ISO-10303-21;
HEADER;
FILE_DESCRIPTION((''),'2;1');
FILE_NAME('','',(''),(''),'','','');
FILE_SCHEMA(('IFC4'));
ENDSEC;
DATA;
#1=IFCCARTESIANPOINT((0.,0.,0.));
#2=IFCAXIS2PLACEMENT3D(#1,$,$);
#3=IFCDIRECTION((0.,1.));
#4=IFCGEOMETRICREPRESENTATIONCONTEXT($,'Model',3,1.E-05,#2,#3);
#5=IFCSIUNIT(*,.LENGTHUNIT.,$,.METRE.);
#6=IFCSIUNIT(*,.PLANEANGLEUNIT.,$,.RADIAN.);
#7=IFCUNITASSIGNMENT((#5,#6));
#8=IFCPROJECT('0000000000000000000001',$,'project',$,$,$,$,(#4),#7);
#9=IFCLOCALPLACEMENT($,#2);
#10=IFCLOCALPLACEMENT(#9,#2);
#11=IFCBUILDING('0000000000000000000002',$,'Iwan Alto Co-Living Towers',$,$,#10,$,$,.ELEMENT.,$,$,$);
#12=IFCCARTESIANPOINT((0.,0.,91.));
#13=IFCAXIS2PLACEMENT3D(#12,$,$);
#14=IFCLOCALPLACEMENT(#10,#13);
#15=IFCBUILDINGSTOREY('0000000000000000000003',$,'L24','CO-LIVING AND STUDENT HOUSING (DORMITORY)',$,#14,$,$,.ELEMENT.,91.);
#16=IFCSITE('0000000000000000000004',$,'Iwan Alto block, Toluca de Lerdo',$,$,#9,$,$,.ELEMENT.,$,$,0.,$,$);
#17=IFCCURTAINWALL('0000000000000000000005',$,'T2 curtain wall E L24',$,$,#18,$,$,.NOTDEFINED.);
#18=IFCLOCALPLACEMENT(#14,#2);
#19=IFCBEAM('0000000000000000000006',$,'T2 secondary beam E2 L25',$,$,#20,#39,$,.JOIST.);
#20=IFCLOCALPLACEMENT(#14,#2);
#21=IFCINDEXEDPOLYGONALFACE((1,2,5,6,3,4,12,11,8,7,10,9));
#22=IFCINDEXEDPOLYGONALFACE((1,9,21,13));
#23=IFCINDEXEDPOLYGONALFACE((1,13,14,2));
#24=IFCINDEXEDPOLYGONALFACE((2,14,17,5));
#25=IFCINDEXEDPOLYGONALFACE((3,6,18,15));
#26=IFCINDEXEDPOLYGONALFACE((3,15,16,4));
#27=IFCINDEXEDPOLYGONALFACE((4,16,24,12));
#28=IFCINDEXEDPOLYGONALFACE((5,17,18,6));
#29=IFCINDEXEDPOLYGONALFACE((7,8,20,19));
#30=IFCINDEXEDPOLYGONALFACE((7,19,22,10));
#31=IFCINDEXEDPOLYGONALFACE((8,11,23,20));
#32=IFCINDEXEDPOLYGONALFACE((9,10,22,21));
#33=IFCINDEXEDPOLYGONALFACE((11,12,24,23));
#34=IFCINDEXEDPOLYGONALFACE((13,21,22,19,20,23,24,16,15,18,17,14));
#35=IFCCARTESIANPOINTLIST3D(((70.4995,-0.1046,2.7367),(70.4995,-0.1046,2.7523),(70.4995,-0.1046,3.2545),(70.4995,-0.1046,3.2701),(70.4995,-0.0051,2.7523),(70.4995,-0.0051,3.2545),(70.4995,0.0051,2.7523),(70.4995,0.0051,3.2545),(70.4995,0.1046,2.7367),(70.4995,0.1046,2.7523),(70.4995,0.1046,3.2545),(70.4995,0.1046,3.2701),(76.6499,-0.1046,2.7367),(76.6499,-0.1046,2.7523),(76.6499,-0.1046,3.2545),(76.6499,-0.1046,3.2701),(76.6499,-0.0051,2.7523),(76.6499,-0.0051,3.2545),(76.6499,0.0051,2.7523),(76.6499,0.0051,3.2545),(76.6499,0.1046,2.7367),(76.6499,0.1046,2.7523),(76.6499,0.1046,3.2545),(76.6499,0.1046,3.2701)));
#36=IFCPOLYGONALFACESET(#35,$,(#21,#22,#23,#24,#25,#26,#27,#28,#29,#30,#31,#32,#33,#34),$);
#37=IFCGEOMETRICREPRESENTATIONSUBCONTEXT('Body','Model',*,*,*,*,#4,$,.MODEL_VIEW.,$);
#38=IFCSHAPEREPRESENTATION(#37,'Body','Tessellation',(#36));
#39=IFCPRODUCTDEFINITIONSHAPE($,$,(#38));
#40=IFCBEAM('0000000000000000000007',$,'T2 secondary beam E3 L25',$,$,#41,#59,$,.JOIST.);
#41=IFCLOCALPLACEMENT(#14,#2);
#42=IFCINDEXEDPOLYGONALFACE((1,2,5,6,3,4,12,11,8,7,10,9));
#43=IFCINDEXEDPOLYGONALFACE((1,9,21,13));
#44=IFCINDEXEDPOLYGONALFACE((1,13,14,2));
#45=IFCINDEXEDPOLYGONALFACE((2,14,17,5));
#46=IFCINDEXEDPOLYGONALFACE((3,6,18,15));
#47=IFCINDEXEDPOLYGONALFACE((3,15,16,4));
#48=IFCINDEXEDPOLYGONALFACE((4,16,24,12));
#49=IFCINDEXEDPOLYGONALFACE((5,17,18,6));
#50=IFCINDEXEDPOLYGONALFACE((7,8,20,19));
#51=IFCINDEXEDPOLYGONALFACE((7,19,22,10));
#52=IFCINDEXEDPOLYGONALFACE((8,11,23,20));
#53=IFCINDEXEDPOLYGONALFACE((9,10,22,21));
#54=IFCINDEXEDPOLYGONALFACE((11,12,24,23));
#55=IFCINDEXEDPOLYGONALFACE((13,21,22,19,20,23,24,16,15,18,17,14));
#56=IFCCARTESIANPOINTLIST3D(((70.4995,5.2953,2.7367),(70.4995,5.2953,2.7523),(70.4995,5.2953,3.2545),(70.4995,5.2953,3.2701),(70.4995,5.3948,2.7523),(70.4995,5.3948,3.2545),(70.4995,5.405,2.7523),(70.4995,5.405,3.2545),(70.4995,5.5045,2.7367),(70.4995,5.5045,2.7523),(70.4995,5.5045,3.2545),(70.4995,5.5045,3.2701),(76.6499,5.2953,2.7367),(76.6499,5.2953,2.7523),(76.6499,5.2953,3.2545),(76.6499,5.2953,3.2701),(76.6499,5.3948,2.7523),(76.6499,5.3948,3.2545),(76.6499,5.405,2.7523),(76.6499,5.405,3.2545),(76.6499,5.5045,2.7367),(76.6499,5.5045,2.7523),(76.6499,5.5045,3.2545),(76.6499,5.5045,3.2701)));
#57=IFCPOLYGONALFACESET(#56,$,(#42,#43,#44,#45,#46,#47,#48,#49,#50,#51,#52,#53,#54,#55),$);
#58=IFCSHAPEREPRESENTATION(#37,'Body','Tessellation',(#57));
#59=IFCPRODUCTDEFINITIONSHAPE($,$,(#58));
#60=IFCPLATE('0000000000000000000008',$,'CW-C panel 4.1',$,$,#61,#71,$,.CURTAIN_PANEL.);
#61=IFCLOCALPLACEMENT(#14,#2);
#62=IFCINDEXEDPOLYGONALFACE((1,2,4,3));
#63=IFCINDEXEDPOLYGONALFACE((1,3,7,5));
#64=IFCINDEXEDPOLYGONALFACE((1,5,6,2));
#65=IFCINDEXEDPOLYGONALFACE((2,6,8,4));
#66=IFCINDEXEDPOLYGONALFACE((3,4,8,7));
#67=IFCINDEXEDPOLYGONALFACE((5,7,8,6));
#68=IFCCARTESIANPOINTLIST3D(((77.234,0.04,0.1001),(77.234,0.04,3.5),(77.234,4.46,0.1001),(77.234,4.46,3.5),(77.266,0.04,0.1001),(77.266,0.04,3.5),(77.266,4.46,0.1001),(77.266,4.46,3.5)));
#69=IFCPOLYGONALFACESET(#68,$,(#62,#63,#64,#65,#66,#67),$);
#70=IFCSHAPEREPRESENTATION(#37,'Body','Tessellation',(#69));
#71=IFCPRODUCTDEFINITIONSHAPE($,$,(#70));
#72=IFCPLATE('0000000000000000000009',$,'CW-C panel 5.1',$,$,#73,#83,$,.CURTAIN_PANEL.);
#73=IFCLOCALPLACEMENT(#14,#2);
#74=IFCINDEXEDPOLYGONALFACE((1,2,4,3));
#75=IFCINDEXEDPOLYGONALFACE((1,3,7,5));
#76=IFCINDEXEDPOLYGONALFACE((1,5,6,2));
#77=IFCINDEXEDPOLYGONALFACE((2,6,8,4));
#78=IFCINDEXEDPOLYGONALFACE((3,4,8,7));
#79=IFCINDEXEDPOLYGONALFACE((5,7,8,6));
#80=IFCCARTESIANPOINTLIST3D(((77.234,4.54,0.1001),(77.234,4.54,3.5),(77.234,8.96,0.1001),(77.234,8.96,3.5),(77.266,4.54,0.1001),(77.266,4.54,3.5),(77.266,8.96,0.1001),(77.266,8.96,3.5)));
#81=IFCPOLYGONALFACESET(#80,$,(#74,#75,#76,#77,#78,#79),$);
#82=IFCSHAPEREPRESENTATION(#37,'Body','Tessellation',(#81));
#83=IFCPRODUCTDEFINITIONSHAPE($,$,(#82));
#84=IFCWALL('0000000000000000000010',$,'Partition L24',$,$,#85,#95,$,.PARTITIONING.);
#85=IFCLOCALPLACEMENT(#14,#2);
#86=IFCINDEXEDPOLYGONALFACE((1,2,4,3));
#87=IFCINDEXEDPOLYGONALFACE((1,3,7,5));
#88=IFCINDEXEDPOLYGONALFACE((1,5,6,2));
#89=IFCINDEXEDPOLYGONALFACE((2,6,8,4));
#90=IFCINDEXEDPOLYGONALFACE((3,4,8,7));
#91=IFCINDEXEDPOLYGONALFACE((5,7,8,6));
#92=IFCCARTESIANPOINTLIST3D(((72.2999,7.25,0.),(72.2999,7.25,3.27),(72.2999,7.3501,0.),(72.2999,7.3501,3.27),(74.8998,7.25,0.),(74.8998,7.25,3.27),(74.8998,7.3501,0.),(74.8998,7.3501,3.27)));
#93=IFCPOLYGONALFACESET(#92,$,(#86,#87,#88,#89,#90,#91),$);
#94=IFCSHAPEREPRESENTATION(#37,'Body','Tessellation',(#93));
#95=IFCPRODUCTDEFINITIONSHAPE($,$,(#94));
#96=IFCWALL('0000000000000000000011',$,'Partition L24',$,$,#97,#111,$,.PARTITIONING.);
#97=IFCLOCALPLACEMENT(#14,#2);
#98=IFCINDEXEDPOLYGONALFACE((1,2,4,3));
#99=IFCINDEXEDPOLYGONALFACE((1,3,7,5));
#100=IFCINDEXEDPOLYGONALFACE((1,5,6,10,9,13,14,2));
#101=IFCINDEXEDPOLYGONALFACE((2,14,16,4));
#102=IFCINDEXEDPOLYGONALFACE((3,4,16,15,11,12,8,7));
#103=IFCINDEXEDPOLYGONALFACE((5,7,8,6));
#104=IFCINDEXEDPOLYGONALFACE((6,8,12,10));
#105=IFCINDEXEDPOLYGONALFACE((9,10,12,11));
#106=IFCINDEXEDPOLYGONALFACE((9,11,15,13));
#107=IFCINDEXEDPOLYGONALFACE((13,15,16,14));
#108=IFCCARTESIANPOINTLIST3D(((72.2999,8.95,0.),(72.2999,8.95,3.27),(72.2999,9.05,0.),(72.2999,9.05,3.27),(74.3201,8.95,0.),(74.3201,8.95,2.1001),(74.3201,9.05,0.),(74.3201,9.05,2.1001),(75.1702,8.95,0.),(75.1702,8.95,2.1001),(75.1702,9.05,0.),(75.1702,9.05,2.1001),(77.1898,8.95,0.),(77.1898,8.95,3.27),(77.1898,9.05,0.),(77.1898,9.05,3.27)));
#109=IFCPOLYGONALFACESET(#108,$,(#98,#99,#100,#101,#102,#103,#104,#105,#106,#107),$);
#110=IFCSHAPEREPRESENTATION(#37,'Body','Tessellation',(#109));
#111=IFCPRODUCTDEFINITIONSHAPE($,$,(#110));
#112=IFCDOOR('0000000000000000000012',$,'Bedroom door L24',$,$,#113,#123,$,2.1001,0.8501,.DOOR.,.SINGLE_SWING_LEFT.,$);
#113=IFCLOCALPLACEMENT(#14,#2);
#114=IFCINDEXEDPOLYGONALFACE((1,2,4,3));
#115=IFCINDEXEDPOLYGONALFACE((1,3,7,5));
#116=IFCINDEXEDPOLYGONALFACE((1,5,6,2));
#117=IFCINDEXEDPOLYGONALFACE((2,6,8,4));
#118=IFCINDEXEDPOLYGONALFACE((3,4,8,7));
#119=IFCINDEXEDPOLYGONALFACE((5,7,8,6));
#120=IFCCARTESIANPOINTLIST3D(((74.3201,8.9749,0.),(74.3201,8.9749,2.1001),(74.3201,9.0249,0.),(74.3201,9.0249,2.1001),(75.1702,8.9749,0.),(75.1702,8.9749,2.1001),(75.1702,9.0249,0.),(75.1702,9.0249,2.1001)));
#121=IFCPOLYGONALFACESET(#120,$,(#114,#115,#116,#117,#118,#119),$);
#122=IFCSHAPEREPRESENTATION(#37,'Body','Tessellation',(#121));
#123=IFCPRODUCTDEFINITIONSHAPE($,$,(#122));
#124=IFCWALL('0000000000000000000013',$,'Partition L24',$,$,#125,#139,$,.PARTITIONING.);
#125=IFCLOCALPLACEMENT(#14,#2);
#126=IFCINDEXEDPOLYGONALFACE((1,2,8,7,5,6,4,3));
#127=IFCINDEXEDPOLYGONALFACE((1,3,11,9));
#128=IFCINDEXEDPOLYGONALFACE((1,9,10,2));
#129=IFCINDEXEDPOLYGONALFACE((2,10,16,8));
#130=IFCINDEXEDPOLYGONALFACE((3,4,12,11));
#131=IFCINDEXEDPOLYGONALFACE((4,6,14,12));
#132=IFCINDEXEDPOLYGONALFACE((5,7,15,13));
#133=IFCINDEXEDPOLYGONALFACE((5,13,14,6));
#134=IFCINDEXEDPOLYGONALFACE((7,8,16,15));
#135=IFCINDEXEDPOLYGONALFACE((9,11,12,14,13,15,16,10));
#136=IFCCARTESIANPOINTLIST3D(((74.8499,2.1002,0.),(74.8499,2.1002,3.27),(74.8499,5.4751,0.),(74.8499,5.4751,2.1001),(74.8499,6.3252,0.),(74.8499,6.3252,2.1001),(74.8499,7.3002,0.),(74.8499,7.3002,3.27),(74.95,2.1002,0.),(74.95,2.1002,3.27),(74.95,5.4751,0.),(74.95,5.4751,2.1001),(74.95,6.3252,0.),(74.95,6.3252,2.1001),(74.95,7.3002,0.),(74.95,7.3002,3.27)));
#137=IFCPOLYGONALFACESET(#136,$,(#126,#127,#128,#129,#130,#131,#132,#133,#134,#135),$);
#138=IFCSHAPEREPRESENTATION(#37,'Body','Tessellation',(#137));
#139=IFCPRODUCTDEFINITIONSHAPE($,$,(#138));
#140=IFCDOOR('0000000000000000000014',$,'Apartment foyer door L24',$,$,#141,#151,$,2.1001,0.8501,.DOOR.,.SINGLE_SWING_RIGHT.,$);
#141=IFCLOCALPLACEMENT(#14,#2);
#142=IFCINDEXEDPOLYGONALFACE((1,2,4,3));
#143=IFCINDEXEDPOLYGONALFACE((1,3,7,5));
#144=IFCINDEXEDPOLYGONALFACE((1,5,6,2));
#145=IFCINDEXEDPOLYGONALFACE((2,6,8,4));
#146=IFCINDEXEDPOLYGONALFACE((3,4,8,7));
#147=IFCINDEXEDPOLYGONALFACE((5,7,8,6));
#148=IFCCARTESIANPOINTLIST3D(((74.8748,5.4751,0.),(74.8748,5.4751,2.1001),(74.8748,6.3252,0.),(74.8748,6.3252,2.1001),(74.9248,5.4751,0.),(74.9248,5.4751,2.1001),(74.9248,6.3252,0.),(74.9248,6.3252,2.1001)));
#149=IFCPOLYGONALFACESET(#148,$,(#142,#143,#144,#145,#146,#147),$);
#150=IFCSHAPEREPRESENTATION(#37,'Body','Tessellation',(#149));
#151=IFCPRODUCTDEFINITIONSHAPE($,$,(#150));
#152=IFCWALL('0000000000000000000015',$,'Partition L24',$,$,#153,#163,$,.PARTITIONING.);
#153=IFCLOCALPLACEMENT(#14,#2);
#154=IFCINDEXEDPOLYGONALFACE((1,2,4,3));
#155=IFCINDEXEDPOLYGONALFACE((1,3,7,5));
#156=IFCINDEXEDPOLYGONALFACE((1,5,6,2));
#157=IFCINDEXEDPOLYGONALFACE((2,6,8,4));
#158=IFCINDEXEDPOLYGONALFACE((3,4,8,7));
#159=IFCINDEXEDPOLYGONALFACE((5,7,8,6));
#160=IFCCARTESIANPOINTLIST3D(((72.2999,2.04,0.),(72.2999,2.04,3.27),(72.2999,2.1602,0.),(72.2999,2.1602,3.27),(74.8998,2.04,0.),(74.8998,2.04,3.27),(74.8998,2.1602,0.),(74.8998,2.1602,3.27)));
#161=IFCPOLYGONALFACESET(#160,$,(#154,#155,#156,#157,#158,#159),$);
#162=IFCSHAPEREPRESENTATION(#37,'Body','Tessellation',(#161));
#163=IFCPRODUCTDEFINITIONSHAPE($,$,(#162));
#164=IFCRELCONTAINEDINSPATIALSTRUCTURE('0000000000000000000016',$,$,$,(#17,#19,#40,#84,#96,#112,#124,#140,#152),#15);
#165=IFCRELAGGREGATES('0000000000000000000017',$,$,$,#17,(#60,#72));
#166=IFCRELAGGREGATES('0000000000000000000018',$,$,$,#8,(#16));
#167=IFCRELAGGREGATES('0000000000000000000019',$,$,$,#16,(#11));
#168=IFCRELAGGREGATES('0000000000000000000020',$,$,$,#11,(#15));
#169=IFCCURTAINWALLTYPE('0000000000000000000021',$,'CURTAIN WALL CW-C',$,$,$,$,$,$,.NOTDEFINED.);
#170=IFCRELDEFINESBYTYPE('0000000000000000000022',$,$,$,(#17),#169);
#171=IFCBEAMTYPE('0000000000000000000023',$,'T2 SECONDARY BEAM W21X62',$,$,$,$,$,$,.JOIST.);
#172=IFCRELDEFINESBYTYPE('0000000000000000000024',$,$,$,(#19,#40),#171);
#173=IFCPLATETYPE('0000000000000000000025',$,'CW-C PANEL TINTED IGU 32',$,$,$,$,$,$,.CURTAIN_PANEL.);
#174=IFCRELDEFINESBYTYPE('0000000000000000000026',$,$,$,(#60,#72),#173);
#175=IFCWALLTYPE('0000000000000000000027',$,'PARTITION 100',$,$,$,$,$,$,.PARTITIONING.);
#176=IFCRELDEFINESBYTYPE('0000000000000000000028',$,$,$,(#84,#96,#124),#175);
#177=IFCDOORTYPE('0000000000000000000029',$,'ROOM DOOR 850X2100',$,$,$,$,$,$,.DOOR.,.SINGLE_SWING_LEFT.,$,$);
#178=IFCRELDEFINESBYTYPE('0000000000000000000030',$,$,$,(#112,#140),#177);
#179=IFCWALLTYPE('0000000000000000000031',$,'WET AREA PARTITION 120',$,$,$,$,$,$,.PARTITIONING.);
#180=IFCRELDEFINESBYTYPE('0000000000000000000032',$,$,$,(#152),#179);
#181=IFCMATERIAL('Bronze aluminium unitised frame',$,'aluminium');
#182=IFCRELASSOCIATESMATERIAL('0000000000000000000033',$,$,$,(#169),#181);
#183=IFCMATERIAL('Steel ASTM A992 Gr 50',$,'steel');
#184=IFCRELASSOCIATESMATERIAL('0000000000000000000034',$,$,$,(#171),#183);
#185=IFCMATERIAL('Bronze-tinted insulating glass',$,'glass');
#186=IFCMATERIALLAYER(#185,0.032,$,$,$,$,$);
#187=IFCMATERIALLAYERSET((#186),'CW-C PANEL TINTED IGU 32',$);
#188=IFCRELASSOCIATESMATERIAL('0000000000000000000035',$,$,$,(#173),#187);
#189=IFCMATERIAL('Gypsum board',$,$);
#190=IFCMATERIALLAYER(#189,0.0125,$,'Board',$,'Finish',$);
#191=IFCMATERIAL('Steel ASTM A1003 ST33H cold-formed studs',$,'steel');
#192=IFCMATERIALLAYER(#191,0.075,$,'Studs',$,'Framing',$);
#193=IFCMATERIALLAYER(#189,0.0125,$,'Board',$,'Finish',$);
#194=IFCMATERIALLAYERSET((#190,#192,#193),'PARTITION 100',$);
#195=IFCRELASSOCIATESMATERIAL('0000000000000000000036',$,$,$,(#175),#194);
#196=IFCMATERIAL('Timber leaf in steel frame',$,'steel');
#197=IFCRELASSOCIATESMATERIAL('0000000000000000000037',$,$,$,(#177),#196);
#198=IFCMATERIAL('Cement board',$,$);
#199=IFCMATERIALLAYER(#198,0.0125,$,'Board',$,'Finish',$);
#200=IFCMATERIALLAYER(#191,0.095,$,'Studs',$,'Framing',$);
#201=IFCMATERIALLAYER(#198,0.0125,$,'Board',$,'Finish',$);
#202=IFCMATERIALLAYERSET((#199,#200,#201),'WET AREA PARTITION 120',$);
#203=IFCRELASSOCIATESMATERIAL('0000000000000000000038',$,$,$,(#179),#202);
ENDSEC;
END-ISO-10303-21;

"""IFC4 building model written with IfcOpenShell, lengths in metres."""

from ifc_helpers import new_model, si_unit, direction, frame, frame_2d, origin, origin_2d, place, context, subcontext, project, spatial, rectangle, i_section, extrude, material, layer, layer_set, material_profile, profile_set, type_object, element, fill, aggregate, save


model = new_model("IFC4")

# Units and contexts
model_context = context("Model", 3, precision=1e-05, world=origin(), true_north=direction((0.0, 1.0)))
body_context = subcontext(model_context, "Body", "Model", "MODEL_VIEW")
ifc_project = project(units=[si_unit("LENGTHUNIT", "METRE"), si_unit("PLANEANGLEUNIT", "RADIAN")], contexts=[model_context])

# Site, building, storey
site_placement = place(None, origin())
site = spatial("IfcSite", under=ifc_project, at=site_placement, Name="Iwan Alto block, Toluca de Lerdo", CompositionType="ELEMENT", RefElevation=0.0)
building_placement = place(site_placement, origin())
building = spatial("IfcBuilding", under=site, at=building_placement, Name="Iwan Alto Co-Living Towers", CompositionType="ELEMENT")
storey_placement = place(building_placement, frame((0.0, 0.0, 91.0)))
storey = spatial("IfcBuildingStorey", under=building, at=storey_placement, Name="L24", Description="CO-LIVING AND STUDENT HOUSING (DORMITORY)", CompositionType="ELEMENT", Elevation=91.0)

# Curtain wall
ifc_material_1 = material(Name="Bronze aluminium unitised frame", Category="aluminium")
curtain_wall_type = type_object("IfcCurtainWallType", Name="CURTAIN WALL CW-C", PredefinedType="NOTDEFINED", material=ifc_material_1)
curtain_wall_placement = place(storey_placement, origin())
curtain_wall = element("IfcCurtainWall", 1, at=curtain_wall_placement, inside=storey, type_object=curtain_wall_type, Name="T2 curtain wall E L24", PredefinedType="NOTDEFINED")

# Beams
ifc_material_2 = material(Name="Steel ASTM A992 Gr 50", Category="steel")
ifc_material_profile_1 = material_profile(ifc_material_2, i_section(OverallWidth=0.2092, OverallDepth=0.5334, WebThickness=0.0103, FlangeThickness=0.0156, at=origin_2d()), Name="W21X62")
ifc_profile_set_1 = profile_set([ifc_material_profile_1], Name="Steel ASTM A992 Gr 50")
beam_type_1 = type_object("IfcBeamType", Name="T2 SECONDARY BEAM W21X62", PredefinedType="JOIST", material=ifc_profile_set_1)
for number, where, z_axis, x_axis, name in (
    (2, (76.6499, 0.0, 3.0034), (-1.0, 0.0, 0.0), (0.0, -1.0, 0.0), "T2 secondary beam E2 L25"),
    (3, (76.6499, 5.3999, 3.0034), (-1.0, 0.0, 0.0), (0.0, -1.0, 0.0), "T2 secondary beam E3 L25"),
):
    element("IfcBeam", number, at=place(storey_placement, frame(where, z_axis=z_axis, x_axis=x_axis)), inside=storey, type_object=beam_type_1, Name=name, PredefinedType="JOIST", context=body_context, shape_type="SweptSolid", body=[
        extrude(i_section(OverallWidth=0.2092, OverallDepth=0.5334, WebThickness=0.0103, FlangeThickness=0.0156, at=origin_2d()), origin(), (0.0, 0.0, 1.0), 6.1504),
    ])

# Plates
ifc_material_3 = material(Name="Bronze-tinted insulating glass", Category="glass")
ifc_layer_1 = layer(ifc_material_3, 0.032)
ifc_layer_set_1 = layer_set([ifc_layer_1], Name="CW-C PANEL TINTED IGU 32")
plate_type = type_object("IfcPlateType", Name="CW-C PANEL TINTED IGU 32", PredefinedType="CURTAIN_PANEL", material=ifc_layer_set_1)
plate_1_placement = place(storey_placement, frame((77.25, 2.25, 0.1001), z_axis=(0.0, 0.0, 1.0), x_axis=(0.0, 1.0, 0.0)))
plate_1 = element("IfcPlate", 4, at=plate_1_placement, type_object=plate_type, Name="CW-C panel 4.1", PredefinedType="CURTAIN_PANEL", context=body_context, shape_type="SweptSolid", body=[
    extrude(rectangle(XDim=4.4199, YDim=0.032, at=origin_2d()), origin(), (0.0, 0.0, 1.0), 3.3999),
])
plate_2_placement = place(storey_placement, frame((77.25, 6.75, 0.1001), z_axis=(0.0, 0.0, 1.0), x_axis=(0.0, 1.0, 0.0)))
plate_2 = element("IfcPlate", 5, at=plate_2_placement, type_object=plate_type, Name="CW-C panel 5.1", PredefinedType="CURTAIN_PANEL", context=body_context, shape_type="SweptSolid", body=[
    extrude(rectangle(XDim=4.4199, YDim=0.032, at=origin_2d()), origin(), (0.0, 0.0, 1.0), 3.3999),
])
aggregate(curtain_wall, [plate_1, plate_2])

# Wall
ifc_material_4 = material(Name="Gypsum board")
ifc_layer_2 = layer(ifc_material_4, 0.0125, Name="Board", Category="Finish")
ifc_material_5 = material(Name="Steel ASTM A1003 ST33H cold-formed studs", Category="steel")
ifc_layer_3 = layer(ifc_material_5, 0.075, Name="Studs", Category="Framing")
ifc_layer_4 = layer(ifc_material_4, 0.0125, Name="Board", Category="Finish")
ifc_layer_set_2 = layer_set([ifc_layer_2, ifc_layer_3, ifc_layer_4], Name="PARTITION 100")
wall_type_1 = type_object("IfcWallType", Name="PARTITION 100", PredefinedType="PARTITIONING", material=ifc_layer_set_2)
wall_1_placement = place(storey_placement, frame((72.3, 7.3, 0.0), z_axis=(0.0, 0.0, 1.0), x_axis=(1.0, 0.0, 0.0)))
element("IfcWall", 6, at=wall_1_placement, inside=storey, type_object=wall_type_1, Name="Partition L24", PredefinedType="PARTITIONING", context=body_context, shape_type="SweptSolid", body=[
    extrude(rectangle(XDim=2.5999, YDim=0.1001, at=frame_2d((1.2998, 0.0))), origin(), (0.0, 0.0, 1.0), 3.27),
])

# Walls, openings, doors
wall_2_placement = place(storey_placement, frame((72.3, 9.0, 0.0), z_axis=(0.0, 0.0, 1.0), x_axis=(1.0, 0.0, 0.0)))
wall_2 = element("IfcWall", 7, at=wall_2_placement, inside=storey, type_object=wall_type_1, Name="Partition L24", PredefinedType="PARTITIONING", context=body_context, shape_type="SweptSolid", body=[
    extrude(rectangle(XDim=4.8899, YDim=0.1001, at=frame_2d((2.4448, 0.0))), origin(), (0.0, 0.0, 1.0), 3.27),
])
opening_1_placement = place(wall_2_placement, frame((2.02, 0.0, 0.0)))
opening_1 = element("IfcOpeningElement", 8, at=opening_1_placement, cuts=wall_2, PredefinedType="OPENING", context=body_context, shape_type="SweptSolid", body=[
    extrude(rectangle(XDim=0.8501, YDim=2.1001, at=frame_2d((0.425, 1.05))), frame((0.0, 0.0601, 0.0), z_axis=(0.0, -1.0, 0.0), x_axis=(1.0, 0.0, 0.0)), (0.0, 0.0, 1.0), 0.1201),
])
ifc_material_6 = material(Name="Timber leaf in steel frame", Category="steel")
door_type = type_object("IfcDoorType", Name="ROOM DOOR 850X2100", OperationType="SINGLE_SWING_LEFT", PredefinedType="DOOR", material=ifc_material_6)
door_1_placement = place(opening_1_placement, origin())
door_1 = element("IfcDoor", 9, at=door_1_placement, inside=storey, type_object=door_type, Name="Bedroom door L24", OperationType="SINGLE_SWING_LEFT", OverallHeight=2.1001, OverallWidth=0.8501, PredefinedType="DOOR", context=body_context, shape_type="SweptSolid", body=[
    extrude(rectangle(XDim=0.8501, YDim=2.1001, at=frame_2d((0.425, 1.05))), frame((0.0, 0.0249, 0.0), z_axis=(0.0, -1.0, 0.0), x_axis=(1.0, 0.0, 0.0)), (0.0, 0.0, 1.0), 0.05),
])
fill(opening_1, door_1)
wall_3_placement = place(storey_placement, frame((74.8999, 2.1001, 0.0), z_axis=(0.0, 0.0, 1.0), x_axis=(0.0, 1.0, 0.0)))
wall_3 = element("IfcWall", 10, at=wall_3_placement, inside=storey, type_object=wall_type_1, Name="Partition L24", PredefinedType="PARTITIONING", context=body_context, shape_type="SweptSolid", body=[
    extrude(rectangle(XDim=5.2, YDim=0.1001, at=frame_2d((2.6001, 0.0))), origin(), (0.0, 0.0, 1.0), 3.27),
])
opening_2_placement = place(wall_3_placement, frame((3.375, 0.0, 0.0)))
opening_2 = element("IfcOpeningElement", 11, at=opening_2_placement, cuts=wall_3, PredefinedType="OPENING", context=body_context, shape_type="SweptSolid", body=[
    extrude(rectangle(XDim=0.8501, YDim=2.1001, at=frame_2d((0.425, 1.05))), frame((0.0, 0.0601, 0.0), z_axis=(0.0, -1.0, 0.0), x_axis=(1.0, 0.0, 0.0)), (0.0, 0.0, 1.0), 0.1201),
])
door_2_placement = place(opening_2_placement, frame((0.8501, 0.0, 0.0), z_axis=(0.0, 0.0, 1.0), x_axis=(-1.0, 0.0, 0.0)))
door_2 = element("IfcDoor", 12, at=door_2_placement, inside=storey, type_object=door_type, Name="Apartment foyer door L24", OperationType="SINGLE_SWING_RIGHT", OverallHeight=2.1001, OverallWidth=0.8501, PredefinedType="DOOR", context=body_context, shape_type="SweptSolid", body=[
    extrude(rectangle(XDim=0.8501, YDim=2.1001, at=frame_2d((0.425, 1.05))), frame((0.0, 0.0249, 0.0), z_axis=(0.0, -1.0, 0.0), x_axis=(1.0, 0.0, 0.0)), (0.0, 0.0, 1.0), 0.05),
])
fill(opening_2, door_2)

# Wall
ifc_material_7 = material(Name="Cement board")
ifc_layer_5 = layer(ifc_material_7, 0.0125, Name="Board", Category="Finish")
ifc_layer_6 = layer(ifc_material_5, 0.095, Name="Studs", Category="Framing")
ifc_layer_7 = layer(ifc_material_7, 0.0125, Name="Board", Category="Finish")
ifc_layer_set_3 = layer_set([ifc_layer_5, ifc_layer_6, ifc_layer_7], Name="WET AREA PARTITION 120")
wall_type_2 = type_object("IfcWallType", Name="WET AREA PARTITION 120", PredefinedType="PARTITIONING", material=ifc_layer_set_3)
wall_4_placement = place(storey_placement, frame((72.3, 2.1001, 0.0), z_axis=(0.0, 0.0, 1.0), x_axis=(1.0, 0.0, 0.0)))
element("IfcWall", 13, at=wall_4_placement, inside=storey, type_object=wall_type_2, Name="Partition L24", PredefinedType="PARTITIONING", context=body_context, shape_type="SweptSolid", body=[
    extrude(rectangle(XDim=2.5999, YDim=0.1201, at=frame_2d((1.2998, 0.0))), origin(), (0.0, 0.0, 1.0), 3.27),
])

save(model, "model.ifc")
